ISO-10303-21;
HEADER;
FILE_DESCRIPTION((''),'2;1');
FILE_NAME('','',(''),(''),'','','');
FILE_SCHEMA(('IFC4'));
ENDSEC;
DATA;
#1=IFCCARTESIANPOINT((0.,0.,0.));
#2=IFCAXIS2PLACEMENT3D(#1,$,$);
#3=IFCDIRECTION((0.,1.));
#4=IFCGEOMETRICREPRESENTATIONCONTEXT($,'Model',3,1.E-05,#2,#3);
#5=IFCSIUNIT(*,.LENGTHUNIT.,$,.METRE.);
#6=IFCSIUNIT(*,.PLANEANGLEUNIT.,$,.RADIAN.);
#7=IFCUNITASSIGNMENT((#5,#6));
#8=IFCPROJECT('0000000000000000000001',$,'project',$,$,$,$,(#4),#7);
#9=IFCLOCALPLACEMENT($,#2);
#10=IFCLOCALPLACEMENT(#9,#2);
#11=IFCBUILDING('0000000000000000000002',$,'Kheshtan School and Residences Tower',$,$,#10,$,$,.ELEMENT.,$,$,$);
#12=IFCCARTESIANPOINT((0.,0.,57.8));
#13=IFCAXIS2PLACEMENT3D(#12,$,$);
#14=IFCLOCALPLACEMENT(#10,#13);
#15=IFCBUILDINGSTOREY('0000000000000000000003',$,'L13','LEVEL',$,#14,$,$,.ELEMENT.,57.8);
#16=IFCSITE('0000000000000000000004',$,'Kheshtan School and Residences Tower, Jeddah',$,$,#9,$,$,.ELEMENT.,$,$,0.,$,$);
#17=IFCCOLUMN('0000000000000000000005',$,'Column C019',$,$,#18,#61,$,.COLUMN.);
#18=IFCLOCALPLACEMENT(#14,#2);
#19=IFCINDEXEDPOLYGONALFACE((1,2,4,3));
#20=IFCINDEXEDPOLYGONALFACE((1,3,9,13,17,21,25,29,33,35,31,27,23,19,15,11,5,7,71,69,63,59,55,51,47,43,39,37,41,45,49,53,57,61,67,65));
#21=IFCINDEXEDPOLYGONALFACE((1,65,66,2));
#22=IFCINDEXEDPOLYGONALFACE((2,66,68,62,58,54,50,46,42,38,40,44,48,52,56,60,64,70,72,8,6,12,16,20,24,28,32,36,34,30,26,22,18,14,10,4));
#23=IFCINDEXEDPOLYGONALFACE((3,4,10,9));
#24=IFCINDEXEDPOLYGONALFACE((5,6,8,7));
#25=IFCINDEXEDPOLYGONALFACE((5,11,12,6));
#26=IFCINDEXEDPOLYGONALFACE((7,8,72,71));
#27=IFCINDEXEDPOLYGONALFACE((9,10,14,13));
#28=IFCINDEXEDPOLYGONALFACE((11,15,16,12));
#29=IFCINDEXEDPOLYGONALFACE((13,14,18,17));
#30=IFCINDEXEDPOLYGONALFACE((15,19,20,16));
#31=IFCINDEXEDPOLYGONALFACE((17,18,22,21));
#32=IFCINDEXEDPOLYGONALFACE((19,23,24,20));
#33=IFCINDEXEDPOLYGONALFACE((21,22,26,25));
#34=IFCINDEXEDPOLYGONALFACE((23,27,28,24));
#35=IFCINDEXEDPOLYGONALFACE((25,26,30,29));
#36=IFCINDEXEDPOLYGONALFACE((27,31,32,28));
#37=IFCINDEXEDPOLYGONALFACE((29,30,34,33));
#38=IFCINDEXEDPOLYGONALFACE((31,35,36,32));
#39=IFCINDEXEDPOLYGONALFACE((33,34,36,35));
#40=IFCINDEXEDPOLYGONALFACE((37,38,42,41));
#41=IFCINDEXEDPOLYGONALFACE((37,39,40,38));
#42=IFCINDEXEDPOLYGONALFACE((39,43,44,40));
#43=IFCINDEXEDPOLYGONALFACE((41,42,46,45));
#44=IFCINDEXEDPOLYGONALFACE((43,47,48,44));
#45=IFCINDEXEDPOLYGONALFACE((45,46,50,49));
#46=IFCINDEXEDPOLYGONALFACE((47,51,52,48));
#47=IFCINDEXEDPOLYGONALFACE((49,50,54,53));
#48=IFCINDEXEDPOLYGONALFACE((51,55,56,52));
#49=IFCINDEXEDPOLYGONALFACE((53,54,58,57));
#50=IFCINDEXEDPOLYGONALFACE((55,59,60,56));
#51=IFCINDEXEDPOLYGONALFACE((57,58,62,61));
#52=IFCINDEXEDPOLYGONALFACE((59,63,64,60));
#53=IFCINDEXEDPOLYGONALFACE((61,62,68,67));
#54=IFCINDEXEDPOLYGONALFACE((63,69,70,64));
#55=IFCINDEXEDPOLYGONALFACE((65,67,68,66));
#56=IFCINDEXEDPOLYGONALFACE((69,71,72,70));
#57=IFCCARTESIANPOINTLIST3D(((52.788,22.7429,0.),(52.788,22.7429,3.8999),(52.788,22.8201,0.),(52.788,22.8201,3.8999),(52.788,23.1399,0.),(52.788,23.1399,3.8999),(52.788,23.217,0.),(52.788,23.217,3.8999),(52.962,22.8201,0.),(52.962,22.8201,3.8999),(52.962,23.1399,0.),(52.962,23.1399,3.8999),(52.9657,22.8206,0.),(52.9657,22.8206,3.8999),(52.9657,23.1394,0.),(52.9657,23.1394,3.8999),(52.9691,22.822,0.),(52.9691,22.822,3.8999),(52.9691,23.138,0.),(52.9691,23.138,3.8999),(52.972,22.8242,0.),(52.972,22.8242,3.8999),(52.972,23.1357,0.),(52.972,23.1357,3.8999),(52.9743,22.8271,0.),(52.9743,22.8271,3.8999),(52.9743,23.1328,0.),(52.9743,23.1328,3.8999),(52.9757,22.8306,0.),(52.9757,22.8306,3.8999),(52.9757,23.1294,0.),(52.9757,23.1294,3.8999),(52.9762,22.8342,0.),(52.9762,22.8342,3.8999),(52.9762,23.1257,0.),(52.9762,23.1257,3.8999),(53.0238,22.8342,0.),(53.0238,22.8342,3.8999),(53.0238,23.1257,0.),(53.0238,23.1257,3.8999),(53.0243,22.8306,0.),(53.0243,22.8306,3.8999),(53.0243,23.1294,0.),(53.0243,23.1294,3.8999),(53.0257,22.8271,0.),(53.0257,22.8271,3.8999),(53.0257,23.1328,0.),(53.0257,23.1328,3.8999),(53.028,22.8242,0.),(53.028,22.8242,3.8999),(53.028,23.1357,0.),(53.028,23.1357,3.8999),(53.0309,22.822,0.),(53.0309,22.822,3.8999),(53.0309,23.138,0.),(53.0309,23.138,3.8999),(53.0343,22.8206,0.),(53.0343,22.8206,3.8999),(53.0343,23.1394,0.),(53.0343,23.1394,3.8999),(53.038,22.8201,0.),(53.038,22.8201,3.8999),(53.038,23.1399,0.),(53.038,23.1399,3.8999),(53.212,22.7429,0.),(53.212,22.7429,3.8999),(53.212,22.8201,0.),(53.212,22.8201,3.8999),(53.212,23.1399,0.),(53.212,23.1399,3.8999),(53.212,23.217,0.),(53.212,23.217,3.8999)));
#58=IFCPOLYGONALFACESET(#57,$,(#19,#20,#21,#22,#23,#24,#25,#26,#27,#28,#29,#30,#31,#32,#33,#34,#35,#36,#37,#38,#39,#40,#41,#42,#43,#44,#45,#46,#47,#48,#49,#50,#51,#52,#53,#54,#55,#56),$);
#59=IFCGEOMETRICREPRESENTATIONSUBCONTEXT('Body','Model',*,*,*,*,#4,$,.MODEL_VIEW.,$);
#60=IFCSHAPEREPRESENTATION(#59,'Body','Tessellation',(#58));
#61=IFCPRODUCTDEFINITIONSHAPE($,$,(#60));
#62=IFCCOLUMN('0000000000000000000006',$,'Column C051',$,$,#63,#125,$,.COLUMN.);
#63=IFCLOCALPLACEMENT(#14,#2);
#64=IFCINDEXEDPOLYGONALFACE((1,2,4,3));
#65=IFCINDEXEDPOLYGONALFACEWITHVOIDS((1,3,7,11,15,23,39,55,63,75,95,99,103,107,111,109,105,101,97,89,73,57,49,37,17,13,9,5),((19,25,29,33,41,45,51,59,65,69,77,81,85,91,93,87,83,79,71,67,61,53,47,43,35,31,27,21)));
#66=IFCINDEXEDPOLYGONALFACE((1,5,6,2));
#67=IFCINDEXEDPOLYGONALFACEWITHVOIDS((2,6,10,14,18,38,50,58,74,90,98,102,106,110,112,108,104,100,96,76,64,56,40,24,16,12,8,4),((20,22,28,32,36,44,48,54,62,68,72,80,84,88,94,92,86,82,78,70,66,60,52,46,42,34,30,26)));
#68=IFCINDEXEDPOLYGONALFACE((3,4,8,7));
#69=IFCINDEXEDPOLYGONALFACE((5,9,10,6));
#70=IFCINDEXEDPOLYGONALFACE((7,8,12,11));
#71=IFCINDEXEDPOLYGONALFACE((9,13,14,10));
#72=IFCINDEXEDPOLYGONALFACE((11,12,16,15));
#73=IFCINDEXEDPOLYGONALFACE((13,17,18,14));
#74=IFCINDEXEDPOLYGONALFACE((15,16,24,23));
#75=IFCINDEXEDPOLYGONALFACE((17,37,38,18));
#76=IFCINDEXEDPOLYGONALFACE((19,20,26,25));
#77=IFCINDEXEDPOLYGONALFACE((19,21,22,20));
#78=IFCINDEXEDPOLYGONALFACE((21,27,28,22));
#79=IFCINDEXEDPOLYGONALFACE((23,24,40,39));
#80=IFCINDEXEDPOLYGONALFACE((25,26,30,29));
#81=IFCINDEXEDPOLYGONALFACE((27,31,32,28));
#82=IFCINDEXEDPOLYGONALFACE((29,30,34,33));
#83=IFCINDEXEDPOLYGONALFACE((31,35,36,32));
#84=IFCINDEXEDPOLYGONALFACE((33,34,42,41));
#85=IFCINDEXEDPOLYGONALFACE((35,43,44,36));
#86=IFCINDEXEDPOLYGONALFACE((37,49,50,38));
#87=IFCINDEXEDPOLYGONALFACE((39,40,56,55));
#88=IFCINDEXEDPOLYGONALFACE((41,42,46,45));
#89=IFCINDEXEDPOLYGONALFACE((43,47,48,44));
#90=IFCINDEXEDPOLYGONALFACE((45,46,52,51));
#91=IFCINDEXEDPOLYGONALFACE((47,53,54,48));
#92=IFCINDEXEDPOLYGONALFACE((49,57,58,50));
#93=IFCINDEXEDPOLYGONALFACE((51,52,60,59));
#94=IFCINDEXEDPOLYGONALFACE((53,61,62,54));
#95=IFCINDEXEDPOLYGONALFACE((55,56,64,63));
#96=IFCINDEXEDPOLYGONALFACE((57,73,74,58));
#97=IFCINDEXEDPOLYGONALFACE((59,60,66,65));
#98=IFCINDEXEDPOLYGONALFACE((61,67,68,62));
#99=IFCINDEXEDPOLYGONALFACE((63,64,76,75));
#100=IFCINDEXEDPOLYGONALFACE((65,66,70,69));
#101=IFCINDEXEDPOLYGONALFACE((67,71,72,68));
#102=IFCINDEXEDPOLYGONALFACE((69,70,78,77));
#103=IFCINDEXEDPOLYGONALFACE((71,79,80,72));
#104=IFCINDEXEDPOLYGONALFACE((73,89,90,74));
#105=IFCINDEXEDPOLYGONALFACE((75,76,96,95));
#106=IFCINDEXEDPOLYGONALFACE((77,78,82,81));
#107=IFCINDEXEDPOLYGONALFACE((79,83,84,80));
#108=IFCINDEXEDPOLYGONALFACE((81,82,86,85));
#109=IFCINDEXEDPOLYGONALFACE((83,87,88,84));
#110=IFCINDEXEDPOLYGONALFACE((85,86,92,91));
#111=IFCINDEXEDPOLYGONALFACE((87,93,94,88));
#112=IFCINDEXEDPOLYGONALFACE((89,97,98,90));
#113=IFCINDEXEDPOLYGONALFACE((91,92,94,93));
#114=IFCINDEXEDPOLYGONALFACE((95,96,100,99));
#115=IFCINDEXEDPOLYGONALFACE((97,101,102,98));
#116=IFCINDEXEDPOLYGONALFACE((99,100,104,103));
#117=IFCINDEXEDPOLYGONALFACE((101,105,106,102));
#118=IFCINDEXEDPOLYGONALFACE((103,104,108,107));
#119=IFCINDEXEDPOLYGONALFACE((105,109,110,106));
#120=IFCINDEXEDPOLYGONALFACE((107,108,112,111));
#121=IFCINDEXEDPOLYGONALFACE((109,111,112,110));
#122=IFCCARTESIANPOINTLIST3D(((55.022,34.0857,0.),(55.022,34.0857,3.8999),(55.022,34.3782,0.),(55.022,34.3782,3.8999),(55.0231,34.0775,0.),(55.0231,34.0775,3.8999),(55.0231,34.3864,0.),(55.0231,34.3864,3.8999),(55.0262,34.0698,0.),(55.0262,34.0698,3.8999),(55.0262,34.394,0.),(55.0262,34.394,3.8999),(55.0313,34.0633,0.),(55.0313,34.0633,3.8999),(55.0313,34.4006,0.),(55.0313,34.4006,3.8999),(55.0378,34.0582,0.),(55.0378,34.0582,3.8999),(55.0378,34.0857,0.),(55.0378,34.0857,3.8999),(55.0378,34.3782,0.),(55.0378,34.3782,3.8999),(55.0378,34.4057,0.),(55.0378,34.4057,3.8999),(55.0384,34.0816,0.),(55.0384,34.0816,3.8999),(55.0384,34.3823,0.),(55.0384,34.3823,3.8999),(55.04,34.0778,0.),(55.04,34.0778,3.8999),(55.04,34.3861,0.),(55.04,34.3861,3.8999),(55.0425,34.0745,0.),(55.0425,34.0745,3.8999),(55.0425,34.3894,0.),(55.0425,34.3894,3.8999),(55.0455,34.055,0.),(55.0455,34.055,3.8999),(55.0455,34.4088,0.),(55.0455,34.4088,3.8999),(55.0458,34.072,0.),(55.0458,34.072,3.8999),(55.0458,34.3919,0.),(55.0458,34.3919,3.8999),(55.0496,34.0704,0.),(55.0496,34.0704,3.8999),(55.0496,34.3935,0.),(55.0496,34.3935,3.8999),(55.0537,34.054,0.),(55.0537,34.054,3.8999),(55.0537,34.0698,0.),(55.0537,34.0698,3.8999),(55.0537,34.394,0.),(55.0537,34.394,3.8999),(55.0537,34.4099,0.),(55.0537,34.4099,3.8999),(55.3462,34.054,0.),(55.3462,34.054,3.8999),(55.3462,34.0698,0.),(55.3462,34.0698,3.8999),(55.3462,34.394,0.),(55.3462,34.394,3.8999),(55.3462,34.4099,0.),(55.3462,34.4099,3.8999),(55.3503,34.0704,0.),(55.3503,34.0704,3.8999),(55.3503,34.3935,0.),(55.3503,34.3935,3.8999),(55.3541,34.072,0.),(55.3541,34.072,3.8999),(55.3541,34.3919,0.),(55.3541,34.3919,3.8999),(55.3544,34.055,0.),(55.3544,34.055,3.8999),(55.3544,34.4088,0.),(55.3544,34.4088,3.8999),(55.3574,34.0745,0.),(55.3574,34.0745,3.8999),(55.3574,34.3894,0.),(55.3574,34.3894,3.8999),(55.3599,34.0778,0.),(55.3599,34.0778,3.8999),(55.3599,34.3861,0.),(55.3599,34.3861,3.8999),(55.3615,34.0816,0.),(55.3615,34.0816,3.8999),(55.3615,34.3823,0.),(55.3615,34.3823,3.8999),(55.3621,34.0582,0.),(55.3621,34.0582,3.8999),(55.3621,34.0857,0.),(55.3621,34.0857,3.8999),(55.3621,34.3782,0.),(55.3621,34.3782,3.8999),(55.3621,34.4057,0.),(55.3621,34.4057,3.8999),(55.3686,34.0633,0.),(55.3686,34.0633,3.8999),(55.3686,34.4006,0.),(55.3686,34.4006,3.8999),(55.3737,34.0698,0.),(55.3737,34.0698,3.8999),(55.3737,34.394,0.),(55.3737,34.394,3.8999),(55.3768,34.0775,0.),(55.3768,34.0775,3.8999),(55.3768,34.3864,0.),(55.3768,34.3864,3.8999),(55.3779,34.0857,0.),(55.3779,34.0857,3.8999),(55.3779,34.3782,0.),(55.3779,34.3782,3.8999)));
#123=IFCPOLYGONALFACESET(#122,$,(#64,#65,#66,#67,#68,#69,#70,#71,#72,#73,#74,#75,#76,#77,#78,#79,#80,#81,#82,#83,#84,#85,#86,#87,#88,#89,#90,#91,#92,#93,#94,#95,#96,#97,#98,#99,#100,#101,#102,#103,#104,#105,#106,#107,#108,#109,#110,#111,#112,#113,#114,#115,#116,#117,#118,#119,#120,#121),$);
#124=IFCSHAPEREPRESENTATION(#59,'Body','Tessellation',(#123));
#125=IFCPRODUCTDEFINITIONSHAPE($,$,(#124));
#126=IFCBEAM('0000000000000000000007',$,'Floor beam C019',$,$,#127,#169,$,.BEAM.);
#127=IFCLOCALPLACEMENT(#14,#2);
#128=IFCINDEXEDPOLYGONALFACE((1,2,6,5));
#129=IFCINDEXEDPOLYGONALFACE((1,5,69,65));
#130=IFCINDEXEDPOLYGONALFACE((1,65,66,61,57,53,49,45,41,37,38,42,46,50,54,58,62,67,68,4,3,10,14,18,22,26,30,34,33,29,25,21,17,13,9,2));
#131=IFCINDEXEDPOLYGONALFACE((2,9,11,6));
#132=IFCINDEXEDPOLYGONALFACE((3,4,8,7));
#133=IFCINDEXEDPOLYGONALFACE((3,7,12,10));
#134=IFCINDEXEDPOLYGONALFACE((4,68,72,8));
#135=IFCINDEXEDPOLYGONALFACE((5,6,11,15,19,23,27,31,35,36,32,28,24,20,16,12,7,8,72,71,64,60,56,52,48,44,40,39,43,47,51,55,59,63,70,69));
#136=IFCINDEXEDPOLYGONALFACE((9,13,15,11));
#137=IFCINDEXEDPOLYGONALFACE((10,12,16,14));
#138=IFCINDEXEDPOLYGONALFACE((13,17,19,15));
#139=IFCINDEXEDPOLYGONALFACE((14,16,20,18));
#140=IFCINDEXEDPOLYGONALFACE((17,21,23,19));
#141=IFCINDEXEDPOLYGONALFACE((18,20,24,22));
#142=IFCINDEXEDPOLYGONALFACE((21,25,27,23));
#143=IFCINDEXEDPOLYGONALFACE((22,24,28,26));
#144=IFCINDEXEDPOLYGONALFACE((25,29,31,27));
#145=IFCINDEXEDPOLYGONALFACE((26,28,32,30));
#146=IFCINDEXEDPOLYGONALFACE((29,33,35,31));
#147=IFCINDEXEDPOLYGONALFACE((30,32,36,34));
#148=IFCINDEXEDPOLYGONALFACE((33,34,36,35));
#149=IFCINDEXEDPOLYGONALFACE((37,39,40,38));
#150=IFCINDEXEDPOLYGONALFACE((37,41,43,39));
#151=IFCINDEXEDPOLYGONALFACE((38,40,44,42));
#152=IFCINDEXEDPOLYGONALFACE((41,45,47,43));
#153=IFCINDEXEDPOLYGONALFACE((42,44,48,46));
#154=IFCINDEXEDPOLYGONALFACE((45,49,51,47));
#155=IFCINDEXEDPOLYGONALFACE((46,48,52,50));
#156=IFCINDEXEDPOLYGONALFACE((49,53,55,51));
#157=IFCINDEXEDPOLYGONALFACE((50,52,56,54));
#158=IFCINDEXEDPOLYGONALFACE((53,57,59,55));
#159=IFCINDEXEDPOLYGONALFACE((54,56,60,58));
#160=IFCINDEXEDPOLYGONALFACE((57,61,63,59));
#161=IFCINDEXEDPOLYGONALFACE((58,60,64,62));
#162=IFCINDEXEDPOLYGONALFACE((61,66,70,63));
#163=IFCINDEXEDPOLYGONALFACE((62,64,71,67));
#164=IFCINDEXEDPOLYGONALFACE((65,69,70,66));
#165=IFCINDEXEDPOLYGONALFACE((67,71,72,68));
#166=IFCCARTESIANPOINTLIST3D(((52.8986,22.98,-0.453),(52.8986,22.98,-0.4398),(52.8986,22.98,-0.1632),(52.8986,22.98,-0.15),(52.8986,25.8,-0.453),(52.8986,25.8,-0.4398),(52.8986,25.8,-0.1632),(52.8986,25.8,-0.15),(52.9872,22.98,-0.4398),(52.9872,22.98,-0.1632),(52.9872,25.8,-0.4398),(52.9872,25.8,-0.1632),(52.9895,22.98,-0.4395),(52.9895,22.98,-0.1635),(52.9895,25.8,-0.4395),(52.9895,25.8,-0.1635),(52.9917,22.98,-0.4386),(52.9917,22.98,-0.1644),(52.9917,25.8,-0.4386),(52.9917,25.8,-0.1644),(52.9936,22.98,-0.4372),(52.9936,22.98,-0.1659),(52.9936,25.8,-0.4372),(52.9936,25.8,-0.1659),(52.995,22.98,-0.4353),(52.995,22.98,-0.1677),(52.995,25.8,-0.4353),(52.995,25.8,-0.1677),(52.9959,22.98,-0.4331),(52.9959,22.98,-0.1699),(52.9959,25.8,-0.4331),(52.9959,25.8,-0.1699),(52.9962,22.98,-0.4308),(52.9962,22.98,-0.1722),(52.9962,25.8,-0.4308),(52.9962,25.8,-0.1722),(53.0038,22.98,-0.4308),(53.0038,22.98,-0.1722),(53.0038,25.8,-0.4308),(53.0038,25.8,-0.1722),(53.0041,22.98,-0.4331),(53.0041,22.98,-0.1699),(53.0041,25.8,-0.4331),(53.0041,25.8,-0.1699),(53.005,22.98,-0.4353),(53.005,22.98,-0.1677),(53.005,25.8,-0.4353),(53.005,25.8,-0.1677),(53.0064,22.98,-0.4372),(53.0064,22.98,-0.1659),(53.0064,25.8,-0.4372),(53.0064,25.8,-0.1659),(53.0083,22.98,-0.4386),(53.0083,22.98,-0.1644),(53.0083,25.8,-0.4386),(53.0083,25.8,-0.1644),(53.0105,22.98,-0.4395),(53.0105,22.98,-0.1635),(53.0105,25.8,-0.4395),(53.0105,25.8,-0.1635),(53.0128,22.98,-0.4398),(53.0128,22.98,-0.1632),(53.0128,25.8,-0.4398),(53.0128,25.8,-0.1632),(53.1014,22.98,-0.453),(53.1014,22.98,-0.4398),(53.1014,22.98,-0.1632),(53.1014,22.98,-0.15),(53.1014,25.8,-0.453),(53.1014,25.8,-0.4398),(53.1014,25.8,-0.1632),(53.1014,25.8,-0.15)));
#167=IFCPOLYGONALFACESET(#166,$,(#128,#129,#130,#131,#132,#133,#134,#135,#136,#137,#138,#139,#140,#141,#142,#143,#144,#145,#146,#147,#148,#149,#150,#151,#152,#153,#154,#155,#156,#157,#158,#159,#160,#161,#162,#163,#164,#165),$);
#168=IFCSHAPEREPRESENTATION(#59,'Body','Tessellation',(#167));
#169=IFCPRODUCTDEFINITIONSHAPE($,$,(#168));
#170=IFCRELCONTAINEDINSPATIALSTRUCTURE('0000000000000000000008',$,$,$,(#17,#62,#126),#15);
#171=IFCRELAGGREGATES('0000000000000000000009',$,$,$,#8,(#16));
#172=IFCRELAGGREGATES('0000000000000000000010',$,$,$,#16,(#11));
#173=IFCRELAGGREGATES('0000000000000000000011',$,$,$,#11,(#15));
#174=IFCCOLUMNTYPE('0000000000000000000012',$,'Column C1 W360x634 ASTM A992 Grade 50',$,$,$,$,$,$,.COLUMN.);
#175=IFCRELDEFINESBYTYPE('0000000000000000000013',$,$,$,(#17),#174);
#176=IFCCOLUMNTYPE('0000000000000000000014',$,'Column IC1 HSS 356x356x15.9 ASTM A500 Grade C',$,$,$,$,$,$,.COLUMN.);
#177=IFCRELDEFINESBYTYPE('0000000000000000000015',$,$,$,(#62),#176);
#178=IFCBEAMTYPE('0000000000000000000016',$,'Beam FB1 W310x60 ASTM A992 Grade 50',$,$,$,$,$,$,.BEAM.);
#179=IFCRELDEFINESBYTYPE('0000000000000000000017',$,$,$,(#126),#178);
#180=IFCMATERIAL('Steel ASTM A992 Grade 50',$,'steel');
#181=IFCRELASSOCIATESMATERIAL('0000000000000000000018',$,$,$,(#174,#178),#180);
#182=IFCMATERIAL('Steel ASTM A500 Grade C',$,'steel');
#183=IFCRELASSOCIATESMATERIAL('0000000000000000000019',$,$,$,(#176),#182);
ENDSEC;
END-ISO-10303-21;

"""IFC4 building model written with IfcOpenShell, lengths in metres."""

from ifc_helpers import new_model, si_unit, direction, frame, origin, origin_2d, place, context, subcontext, project, spatial, hollow_rectangle, i_section, extrude, material, material_profile, profile_set, type_object, element, save


model = new_model("IFC4")

# Units and contexts
model_context = context("Model", 3, precision=1e-05, world=origin(), true_north=direction((0.0, 1.0)))
body_context = subcontext(model_context, "Body", "Model", "MODEL_VIEW")
ifc_project = project(units=[si_unit("LENGTHUNIT", "METRE"), si_unit("PLANEANGLEUNIT", "RADIAN")], contexts=[model_context])

# Site, building, storey
site_placement = place(None, origin())
site = spatial("IfcSite", under=ifc_project, at=site_placement, Name="Kheshtan School and Residences Tower, Jeddah", CompositionType="ELEMENT", RefElevation=0.0)
building_placement = place(site_placement, origin())
building = spatial("IfcBuilding", under=site, at=building_placement, Name="Kheshtan School and Residences Tower", CompositionType="ELEMENT")
storey_placement = place(building_placement, frame((0.0, 0.0, 57.8)))
storey = spatial("IfcBuildingStorey", under=building, at=storey_placement, Name="L13", Description="LEVEL", CompositionType="ELEMENT", Elevation=57.8)

# Columns
ifc_material_1 = material(Name="Steel ASTM A992 Grade 50", Category="steel")
ifc_material_profile_1 = material_profile(ifc_material_1, i_section(OverallWidth=0.4241, OverallDepth=0.4741, WebThickness=0.0476, FlangeThickness=0.0771, FilletRadius=0.0142, at=origin_2d()), Name="W360x634")
ifc_profile_set_1 = profile_set([ifc_material_profile_1], Name="Steel ASTM A992 Grade 50")
column_type_1 = type_object("IfcColumnType", Name="Column C1 W360x634 ASTM A992 Grade 50", PredefinedType="COLUMN", material=ifc_profile_set_1)
column_1_placement = place(storey_placement, frame((53.0, 22.98, 0.0), z_axis=(0.0, 0.0, 1.0), x_axis=(1.0, 0.0, 0.0)))
element("IfcColumn", 1, at=column_1_placement, inside=storey, type_object=column_type_1, Name="Column C019", PredefinedType="COLUMN", context=body_context, shape_type="SweptSolid", body=[
    extrude(i_section(OverallWidth=0.4241, OverallDepth=0.4741, WebThickness=0.0476, FlangeThickness=0.0771, FilletRadius=0.0142, at=origin_2d()), origin(), (0.0, 0.0, 1.0), 3.8999),
])
ifc_material_2 = material(Name="Steel ASTM A500 Grade C", Category="steel")
ifc_material_profile_2 = material_profile(ifc_material_2, hollow_rectangle(XDim=0.356, YDim=0.356, WallThickness=0.0159, InnerFilletRadius=0.0159, OuterFilletRadius=0.0317, at=origin_2d()), Name="HSS 356x356x15.9")
ifc_profile_set_2 = profile_set([ifc_material_profile_2], Name="Steel ASTM A500 Grade C")
column_type_2 = type_object("IfcColumnType", Name="Column IC1 HSS 356x356x15.9 ASTM A500 Grade C", PredefinedType="COLUMN", material=ifc_profile_set_2)
column_2_placement = place(storey_placement, frame((55.2, 34.2319, 0.0), z_axis=(0.0, 0.0, 1.0), x_axis=(1.0, 0.0, 0.0)))
element("IfcColumn", 2, at=column_2_placement, inside=storey, type_object=column_type_2, Name="Column C051", PredefinedType="COLUMN", context=body_context, shape_type="SweptSolid", body=[
    extrude(hollow_rectangle(XDim=0.356, YDim=0.356, WallThickness=0.0159, InnerFilletRadius=0.0159, OuterFilletRadius=0.0317, at=origin_2d()), origin(), (0.0, 0.0, 1.0), 3.8999),
])

# Beam
ifc_material_profile_3 = material_profile(ifc_material_1, i_section(OverallWidth=0.2029, OverallDepth=0.303, WebThickness=0.0076, FlangeThickness=0.0132, FilletRadius=0.009, at=origin_2d()), Name="W310x60")
ifc_profile_set_3 = profile_set([ifc_material_profile_3], Name="Steel ASTM A992 Grade 50")
beam_type_1 = type_object("IfcBeamType", Name="Beam FB1 W310x60 ASTM A992 Grade 50", PredefinedType="BEAM", material=ifc_profile_set_3)
beam_1_placement = place(storey_placement, frame((53.0, 22.98, -0.3015), z_axis=(0.0, 1.0, 0.0), x_axis=(-1.0, 0.0, 0.0)))
element("IfcBeam", 3, at=beam_1_placement, inside=storey, type_object=beam_type_1, Name="Floor beam C019", PredefinedType="BEAM", context=body_context, shape_type="SweptSolid", body=[
    extrude(i_section(OverallWidth=0.2029, OverallDepth=0.303, WebThickness=0.0076, FlangeThickness=0.0132, FilletRadius=0.009, at=origin_2d()), origin(), (0.0, 0.0, 1.0), 2.8201),
])

save(model, "model.ifc")
